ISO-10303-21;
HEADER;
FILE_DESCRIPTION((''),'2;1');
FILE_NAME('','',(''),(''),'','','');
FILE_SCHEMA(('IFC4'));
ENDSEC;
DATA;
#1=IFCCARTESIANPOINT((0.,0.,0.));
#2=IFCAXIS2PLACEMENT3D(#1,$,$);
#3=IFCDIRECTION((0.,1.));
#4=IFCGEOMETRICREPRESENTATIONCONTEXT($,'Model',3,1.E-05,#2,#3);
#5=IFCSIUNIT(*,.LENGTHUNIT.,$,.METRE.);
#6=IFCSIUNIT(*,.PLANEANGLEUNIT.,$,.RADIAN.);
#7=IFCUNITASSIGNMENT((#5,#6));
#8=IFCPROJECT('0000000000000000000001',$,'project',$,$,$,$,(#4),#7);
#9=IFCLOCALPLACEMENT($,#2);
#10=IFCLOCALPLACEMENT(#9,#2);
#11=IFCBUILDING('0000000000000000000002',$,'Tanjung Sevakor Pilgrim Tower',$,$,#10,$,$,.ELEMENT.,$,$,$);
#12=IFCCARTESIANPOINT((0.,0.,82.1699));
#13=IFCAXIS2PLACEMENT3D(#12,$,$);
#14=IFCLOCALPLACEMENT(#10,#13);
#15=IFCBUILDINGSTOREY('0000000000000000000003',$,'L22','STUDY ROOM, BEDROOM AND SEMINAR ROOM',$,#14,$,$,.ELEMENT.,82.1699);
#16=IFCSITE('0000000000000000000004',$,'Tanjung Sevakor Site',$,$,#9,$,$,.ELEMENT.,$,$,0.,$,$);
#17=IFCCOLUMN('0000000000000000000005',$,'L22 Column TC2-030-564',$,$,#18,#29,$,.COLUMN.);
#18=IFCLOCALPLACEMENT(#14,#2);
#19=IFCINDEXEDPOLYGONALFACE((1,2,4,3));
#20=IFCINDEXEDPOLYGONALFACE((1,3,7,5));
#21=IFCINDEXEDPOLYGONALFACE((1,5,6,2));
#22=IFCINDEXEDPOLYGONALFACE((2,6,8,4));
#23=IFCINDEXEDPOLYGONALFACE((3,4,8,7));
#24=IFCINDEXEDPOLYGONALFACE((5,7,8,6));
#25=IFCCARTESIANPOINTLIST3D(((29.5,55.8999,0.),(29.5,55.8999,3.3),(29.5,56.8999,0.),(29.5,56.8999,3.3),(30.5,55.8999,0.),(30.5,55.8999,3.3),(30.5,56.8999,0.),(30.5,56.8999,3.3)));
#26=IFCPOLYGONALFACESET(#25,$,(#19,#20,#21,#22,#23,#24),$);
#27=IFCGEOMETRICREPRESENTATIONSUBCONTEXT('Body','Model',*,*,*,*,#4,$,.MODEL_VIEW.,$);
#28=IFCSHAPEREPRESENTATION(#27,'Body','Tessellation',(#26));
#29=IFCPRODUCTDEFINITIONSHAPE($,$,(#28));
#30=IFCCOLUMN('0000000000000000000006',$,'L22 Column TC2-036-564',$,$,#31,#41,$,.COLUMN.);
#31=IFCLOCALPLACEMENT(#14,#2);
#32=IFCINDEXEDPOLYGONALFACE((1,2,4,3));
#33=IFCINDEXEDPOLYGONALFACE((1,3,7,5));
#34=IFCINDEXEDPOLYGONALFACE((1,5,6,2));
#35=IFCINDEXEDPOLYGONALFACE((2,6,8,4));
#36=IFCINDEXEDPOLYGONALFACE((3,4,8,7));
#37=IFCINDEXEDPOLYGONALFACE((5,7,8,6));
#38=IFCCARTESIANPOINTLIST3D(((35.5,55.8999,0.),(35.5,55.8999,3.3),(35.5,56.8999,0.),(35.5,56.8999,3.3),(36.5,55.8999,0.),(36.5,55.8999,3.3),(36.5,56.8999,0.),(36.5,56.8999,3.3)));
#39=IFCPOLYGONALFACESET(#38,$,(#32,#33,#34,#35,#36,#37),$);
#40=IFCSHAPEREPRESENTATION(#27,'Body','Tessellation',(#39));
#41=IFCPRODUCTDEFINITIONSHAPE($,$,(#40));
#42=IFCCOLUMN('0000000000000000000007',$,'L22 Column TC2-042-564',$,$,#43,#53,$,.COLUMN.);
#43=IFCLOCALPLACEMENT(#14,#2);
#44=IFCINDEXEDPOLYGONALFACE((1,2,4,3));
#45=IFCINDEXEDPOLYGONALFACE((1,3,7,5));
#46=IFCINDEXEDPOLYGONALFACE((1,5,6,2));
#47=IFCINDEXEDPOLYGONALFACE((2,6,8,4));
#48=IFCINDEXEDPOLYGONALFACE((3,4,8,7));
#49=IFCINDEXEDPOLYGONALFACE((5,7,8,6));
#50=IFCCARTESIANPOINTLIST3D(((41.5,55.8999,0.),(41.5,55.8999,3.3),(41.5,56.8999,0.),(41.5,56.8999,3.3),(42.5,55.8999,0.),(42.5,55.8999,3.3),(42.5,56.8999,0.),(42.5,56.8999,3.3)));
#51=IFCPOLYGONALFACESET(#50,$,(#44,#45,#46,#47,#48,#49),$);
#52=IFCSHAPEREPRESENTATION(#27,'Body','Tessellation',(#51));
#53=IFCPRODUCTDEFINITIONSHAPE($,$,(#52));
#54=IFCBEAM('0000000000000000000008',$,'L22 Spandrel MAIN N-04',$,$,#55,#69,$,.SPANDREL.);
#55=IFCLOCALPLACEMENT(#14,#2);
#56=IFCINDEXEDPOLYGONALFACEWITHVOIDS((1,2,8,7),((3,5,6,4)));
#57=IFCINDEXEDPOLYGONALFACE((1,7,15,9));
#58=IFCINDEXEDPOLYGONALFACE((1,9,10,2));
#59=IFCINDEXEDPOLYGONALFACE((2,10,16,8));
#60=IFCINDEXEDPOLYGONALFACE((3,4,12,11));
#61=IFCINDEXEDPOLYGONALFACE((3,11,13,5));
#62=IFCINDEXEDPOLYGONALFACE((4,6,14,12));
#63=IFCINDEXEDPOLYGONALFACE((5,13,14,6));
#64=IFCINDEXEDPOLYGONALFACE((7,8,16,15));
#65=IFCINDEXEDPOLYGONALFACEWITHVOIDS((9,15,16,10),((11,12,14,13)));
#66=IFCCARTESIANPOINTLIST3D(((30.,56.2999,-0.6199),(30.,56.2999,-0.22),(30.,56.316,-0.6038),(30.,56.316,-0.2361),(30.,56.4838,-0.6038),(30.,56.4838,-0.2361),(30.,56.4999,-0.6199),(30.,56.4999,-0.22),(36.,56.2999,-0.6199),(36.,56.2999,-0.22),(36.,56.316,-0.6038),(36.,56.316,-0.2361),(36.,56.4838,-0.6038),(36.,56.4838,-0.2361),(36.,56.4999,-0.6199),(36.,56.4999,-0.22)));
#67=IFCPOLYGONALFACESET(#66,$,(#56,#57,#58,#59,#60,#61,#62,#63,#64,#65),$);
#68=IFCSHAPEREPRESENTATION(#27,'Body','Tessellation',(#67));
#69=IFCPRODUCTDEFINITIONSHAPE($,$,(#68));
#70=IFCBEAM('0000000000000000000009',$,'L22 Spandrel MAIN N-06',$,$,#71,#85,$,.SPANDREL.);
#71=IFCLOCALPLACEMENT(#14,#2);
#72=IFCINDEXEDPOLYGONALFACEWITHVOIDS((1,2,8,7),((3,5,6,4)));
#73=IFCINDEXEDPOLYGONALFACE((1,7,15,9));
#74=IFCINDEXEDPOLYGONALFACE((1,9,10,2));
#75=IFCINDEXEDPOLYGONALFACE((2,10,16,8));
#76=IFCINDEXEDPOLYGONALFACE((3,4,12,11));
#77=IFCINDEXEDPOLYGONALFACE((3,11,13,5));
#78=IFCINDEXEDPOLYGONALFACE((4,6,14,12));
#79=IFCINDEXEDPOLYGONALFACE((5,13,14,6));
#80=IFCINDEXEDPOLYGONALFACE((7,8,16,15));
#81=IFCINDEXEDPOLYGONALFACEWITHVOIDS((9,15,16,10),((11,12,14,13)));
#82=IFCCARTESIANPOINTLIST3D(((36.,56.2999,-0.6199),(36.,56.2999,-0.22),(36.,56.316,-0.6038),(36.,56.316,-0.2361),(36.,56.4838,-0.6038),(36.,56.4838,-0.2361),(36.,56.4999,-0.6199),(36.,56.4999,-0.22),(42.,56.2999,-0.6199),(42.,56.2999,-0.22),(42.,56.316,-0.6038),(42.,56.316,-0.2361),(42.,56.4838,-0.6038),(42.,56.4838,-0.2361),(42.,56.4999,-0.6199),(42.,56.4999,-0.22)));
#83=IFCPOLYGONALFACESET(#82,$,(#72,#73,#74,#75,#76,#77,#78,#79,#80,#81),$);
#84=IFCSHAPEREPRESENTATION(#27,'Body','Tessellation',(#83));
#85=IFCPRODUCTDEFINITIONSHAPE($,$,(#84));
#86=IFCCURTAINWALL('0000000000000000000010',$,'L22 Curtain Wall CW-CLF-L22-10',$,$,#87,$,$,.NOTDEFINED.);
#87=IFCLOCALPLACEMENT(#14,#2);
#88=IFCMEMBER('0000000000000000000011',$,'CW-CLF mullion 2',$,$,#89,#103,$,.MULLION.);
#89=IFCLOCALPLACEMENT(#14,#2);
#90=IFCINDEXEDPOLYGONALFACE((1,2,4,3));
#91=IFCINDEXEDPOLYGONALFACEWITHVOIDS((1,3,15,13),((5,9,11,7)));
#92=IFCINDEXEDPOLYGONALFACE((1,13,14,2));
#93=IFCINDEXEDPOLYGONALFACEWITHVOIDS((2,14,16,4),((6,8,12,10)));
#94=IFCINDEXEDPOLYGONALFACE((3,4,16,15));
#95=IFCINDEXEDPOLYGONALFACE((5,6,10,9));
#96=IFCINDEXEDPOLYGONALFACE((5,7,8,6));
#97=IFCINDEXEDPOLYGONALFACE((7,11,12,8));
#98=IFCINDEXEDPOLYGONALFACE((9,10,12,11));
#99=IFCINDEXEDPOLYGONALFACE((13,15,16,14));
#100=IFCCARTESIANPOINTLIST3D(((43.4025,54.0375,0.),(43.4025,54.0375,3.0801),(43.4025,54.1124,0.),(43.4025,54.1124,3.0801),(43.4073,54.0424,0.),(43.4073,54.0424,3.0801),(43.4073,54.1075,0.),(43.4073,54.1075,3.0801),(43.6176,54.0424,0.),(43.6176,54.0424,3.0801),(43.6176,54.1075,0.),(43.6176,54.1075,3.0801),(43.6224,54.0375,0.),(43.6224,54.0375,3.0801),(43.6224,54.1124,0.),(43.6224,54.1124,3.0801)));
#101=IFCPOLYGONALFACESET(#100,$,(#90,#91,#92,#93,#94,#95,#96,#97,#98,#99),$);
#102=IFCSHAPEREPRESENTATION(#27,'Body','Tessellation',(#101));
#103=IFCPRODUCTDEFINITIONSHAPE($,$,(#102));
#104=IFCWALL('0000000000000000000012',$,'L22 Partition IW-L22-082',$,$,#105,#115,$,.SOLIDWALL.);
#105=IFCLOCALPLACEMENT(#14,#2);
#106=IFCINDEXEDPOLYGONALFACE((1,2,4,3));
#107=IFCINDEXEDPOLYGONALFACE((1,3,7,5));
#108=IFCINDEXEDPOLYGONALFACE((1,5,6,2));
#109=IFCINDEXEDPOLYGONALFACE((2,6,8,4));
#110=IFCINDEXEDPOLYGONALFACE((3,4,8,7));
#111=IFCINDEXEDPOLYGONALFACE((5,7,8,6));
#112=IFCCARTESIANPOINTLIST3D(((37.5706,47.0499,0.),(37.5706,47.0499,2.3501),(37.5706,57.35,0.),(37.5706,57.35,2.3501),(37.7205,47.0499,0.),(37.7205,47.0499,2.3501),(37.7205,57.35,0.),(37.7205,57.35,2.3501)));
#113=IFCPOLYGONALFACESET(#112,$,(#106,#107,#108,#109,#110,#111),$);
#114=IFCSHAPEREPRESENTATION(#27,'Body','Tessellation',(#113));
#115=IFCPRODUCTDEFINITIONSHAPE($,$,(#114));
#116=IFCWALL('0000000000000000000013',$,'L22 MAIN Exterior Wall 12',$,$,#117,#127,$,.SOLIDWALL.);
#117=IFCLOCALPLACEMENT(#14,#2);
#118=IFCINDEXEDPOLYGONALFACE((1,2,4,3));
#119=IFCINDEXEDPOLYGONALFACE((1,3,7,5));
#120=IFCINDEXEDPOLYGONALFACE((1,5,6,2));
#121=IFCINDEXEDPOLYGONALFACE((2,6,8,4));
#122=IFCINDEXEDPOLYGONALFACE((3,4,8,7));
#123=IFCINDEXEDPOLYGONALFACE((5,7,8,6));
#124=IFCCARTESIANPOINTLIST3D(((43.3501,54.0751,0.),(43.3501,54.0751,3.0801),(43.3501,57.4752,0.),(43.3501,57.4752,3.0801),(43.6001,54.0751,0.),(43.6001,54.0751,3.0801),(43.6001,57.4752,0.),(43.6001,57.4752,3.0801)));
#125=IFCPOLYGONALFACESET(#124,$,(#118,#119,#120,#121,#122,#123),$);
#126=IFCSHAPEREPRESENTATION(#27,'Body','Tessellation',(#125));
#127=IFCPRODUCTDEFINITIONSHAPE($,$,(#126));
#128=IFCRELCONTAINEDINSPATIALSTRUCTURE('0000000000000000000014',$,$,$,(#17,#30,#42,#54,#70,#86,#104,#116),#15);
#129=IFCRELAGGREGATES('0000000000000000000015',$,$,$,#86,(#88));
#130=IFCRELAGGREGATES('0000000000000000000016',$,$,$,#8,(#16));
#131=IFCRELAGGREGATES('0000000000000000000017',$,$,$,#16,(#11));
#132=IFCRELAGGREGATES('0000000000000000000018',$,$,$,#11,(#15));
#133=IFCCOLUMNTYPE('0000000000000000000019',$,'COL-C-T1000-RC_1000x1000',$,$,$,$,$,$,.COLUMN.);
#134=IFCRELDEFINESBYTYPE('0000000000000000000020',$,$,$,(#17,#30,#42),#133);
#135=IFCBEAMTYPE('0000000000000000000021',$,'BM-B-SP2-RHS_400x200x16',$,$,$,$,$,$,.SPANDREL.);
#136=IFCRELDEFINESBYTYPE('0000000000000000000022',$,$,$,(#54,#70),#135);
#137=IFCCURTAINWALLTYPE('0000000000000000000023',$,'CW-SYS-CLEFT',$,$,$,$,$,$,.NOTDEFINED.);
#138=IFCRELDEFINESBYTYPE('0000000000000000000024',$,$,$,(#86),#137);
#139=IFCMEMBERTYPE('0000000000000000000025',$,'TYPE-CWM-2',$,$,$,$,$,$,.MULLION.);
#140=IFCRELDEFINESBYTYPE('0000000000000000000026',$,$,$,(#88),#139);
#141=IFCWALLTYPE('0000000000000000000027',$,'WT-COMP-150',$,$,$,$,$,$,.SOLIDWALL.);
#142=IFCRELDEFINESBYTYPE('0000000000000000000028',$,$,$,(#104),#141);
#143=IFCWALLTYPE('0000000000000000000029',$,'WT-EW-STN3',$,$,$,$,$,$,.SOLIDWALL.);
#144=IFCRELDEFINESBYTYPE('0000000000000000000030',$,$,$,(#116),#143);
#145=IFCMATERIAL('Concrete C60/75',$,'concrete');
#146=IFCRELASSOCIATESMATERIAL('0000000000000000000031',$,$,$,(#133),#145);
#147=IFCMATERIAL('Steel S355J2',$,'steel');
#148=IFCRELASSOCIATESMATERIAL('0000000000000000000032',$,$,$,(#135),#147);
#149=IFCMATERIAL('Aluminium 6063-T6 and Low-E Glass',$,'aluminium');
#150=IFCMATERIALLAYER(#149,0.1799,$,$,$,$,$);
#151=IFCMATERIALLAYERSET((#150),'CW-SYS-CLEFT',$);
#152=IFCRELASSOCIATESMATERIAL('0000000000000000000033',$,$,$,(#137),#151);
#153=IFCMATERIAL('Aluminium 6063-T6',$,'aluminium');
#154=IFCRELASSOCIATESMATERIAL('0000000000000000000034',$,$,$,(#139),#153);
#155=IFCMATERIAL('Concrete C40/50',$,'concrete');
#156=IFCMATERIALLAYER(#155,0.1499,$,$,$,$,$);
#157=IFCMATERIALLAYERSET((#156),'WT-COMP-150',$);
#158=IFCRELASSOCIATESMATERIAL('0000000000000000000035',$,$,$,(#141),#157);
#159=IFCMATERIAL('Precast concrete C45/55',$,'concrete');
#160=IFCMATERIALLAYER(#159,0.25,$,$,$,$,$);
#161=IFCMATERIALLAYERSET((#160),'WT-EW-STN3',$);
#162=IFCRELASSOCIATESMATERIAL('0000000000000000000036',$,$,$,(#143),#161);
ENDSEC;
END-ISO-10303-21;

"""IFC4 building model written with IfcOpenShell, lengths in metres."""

from ifc_helpers import new_model, si_unit, direction, frame, frame_2d, origin, origin_2d, place, context, subcontext, project, spatial, rectangle, hollow_rectangle, extrude, material, layer, layer_set, material_profile, profile_set, type_object, element, aggregate, save


model = new_model("IFC4")

# Units and contexts
model_context = context("Model", 3, precision=1e-05, world=origin(), true_north=direction((0.0, 1.0)))
body_context = subcontext(model_context, "Body", "Model", "MODEL_VIEW")
ifc_project = project(units=[si_unit("LENGTHUNIT", "METRE"), si_unit("PLANEANGLEUNIT", "RADIAN")], contexts=[model_context])

# Site, building, storey
site_placement = place(None, origin())
site = spatial("IfcSite", under=ifc_project, at=site_placement, Name="Tanjung Sevakor Site", CompositionType="ELEMENT", RefElevation=0.0)
building_placement = place(site_placement, origin())
building = spatial("IfcBuilding", under=site, at=building_placement, Name="Tanjung Sevakor Pilgrim Tower", CompositionType="ELEMENT")
storey_placement = place(building_placement, frame((0.0, 0.0, 82.1699)))
storey = spatial("IfcBuildingStorey", under=building, at=storey_placement, Name="L22", Description="STUDY ROOM, BEDROOM AND SEMINAR ROOM", CompositionType="ELEMENT", Elevation=82.1699)

# Columns
ifc_material_1 = material(Name="Concrete C60/75", Category="concrete")
ifc_material_profile_1 = material_profile(ifc_material_1, rectangle(XDim=1.0, YDim=1.0, at=origin_2d()))
ifc_profile_set_1 = profile_set([ifc_material_profile_1], Name="Concrete C60/75")
column_type = type_object("IfcColumnType", Name="COL-C-T1000-RC_1000x1000", PredefinedType="COLUMN", material=ifc_profile_set_1)
for number, where, z_axis, x_axis, name in (
    (1, (30.0, 56.3999, 0.0), (0.0, 0.0, 1.0), (1.0, 0.0, 0.0), "L22 Column TC2-030-564"),
    (2, (36.0, 56.3999, 0.0), (0.0, 0.0, 1.0), (1.0, 0.0, 0.0), "L22 Column TC2-036-564"),
    (3, (42.0, 56.3999, 0.0), (0.0, 0.0, 1.0), (1.0, 0.0, 0.0), "L22 Column TC2-042-564"),
):
    element("IfcColumn", number, at=place(storey_placement, frame(where, z_axis=z_axis, x_axis=x_axis)), inside=storey, type_object=column_type, Name=name, PredefinedType="COLUMN", context=body_context, shape_type="SweptSolid", body=[
        extrude(rectangle(XDim=1.0, YDim=1.0, at=origin_2d()), origin(), (0.0, 0.0, 1.0), 3.3),
    ])

# Beams
ifc_material_2 = material(Name="Steel S355J2", Category="steel")
ifc_material_profile_2 = material_profile(ifc_material_2, hollow_rectangle(XDim=0.2, YDim=0.3999, WallThickness=0.0161, at=origin_2d()))
ifc_profile_set_2 = profile_set([ifc_material_profile_2], Name="Steel S355J2")
beam_type = type_object("IfcBeamType", Name="BM-B-SP2-RHS_400x200x16", PredefinedType="SPANDREL", material=ifc_profile_set_2)
for number, where, z_axis, x_axis, name in (
    (4, (30.0, 56.3999, -0.4199), (1.0, 0.0, 0.0), (0.0, 1.0, 0.0), "L22 Spandrel MAIN N-04"),
    (5, (36.0, 56.3999, -0.4199), (1.0, 0.0, 0.0), (0.0, 1.0, 0.0), "L22 Spandrel MAIN N-06"),
):
    element("IfcBeam", number, at=place(storey_placement, frame(where, z_axis=z_axis, x_axis=x_axis)), inside=storey, type_object=beam_type, Name=name, PredefinedType="SPANDREL", context=body_context, shape_type="SweptSolid", body=[
        extrude(hollow_rectangle(XDim=0.2, YDim=0.3999, WallThickness=0.0161, at=origin_2d()), origin(), (0.0, 0.0, 1.0), 6.0),
    ])

# Curtain wall, member
ifc_material_3 = material(Name="Aluminium 6063-T6 and Low-E Glass", Category="aluminium")
ifc_layer_1 = layer(ifc_material_3, 0.1799)
ifc_layer_set_1 = layer_set([ifc_layer_1], Name="CW-SYS-CLEFT")
curtain_wall_type = type_object("IfcCurtainWallType", Name="CW-SYS-CLEFT", PredefinedType="NOTDEFINED", material=ifc_layer_set_1)
curtain_wall_placement = place(storey_placement, origin())
curtain_wall = element("IfcCurtainWall", 6, at=curtain_wall_placement, inside=storey, type_object=curtain_wall_type, Name="L22 Curtain Wall CW-CLF-L22-10", PredefinedType="NOTDEFINED")
ifc_material_4 = material(Name="Aluminium 6063-T6", Category="aluminium")
ifc_material_profile_3 = material_profile(ifc_material_4, hollow_rectangle(XDim=0.075, YDim=0.22, WallThickness=0.0049, at=origin_2d()))
ifc_profile_set_3 = profile_set([ifc_material_profile_3], Name="Aluminium 6063-T6")
member_type = type_object("IfcMemberType", Name="TYPE-CWM-2", PredefinedType="MULLION", material=ifc_profile_set_3)
member_placement = place(storey_placement, frame((43.5125, 54.075, 0.0), z_axis=(0.0, 0.0, 1.0), x_axis=(0.0, -1.0, 0.0)))
member = element("IfcMember", 7, at=member_placement, type_object=member_type, Name="CW-CLF mullion 2", PredefinedType="MULLION", context=body_context, shape_type="SweptSolid", body=[
    extrude(hollow_rectangle(XDim=0.075, YDim=0.22, WallThickness=0.0049, at=origin_2d()), origin(), (0.0, 0.0, 1.0), 3.0801),
])
aggregate(curtain_wall, [member])

# Wall
ifc_material_5 = material(Name="Concrete C40/50", Category="concrete")
ifc_layer_2 = layer(ifc_material_5, 0.1499)
ifc_layer_set_2 = layer_set([ifc_layer_2], Name="WT-COMP-150")
wall_type_1 = type_object("IfcWallType", Name="WT-COMP-150", PredefinedType="SOLIDWALL", material=ifc_layer_set_2)
wall_1_placement = place(storey_placement, frame((37.6455, 47.05, 0.0), z_axis=(0.0, 0.0, 1.0), x_axis=(0.0, 1.0, 0.0)))
element("IfcWall", 8, at=wall_1_placement, inside=storey, type_object=wall_type_1, Name="L22 Partition IW-L22-082", PredefinedType="SOLIDWALL", context=body_context, shape_type="SweptSolid", body=[
    extrude(rectangle(XDim=10.3, YDim=0.1499, at=frame_2d((5.1499, 0.0))), origin(), (0.0, 0.0, 1.0), 2.3501),
])

# Wall
ifc_material_6 = material(Name="Precast concrete C45/55", Category="concrete")
ifc_layer_3 = layer(ifc_material_6, 0.25)
ifc_layer_set_3 = layer_set([ifc_layer_3], Name="WT-EW-STN3")
wall_type_2 = type_object("IfcWallType", Name="WT-EW-STN3", PredefinedType="SOLIDWALL", material=ifc_layer_set_3)
wall_2_placement = place(storey_placement, frame((43.4751, 54.075, 0.0), z_axis=(0.0, 0.0, 1.0), x_axis=(0.0, 1.0, 0.0)))
element("IfcWall", 9, at=wall_2_placement, inside=storey, type_object=wall_type_2, Name="L22 MAIN Exterior Wall 12", PredefinedType="SOLIDWALL", context=body_context, shape_type="SweptSolid", body=[
    extrude(rectangle(XDim=3.4001, YDim=0.25, at=frame_2d((1.7002, 0.0))), origin(), (0.0, 0.0, 1.0), 3.0801),
])

save(model, "model.ifc")
